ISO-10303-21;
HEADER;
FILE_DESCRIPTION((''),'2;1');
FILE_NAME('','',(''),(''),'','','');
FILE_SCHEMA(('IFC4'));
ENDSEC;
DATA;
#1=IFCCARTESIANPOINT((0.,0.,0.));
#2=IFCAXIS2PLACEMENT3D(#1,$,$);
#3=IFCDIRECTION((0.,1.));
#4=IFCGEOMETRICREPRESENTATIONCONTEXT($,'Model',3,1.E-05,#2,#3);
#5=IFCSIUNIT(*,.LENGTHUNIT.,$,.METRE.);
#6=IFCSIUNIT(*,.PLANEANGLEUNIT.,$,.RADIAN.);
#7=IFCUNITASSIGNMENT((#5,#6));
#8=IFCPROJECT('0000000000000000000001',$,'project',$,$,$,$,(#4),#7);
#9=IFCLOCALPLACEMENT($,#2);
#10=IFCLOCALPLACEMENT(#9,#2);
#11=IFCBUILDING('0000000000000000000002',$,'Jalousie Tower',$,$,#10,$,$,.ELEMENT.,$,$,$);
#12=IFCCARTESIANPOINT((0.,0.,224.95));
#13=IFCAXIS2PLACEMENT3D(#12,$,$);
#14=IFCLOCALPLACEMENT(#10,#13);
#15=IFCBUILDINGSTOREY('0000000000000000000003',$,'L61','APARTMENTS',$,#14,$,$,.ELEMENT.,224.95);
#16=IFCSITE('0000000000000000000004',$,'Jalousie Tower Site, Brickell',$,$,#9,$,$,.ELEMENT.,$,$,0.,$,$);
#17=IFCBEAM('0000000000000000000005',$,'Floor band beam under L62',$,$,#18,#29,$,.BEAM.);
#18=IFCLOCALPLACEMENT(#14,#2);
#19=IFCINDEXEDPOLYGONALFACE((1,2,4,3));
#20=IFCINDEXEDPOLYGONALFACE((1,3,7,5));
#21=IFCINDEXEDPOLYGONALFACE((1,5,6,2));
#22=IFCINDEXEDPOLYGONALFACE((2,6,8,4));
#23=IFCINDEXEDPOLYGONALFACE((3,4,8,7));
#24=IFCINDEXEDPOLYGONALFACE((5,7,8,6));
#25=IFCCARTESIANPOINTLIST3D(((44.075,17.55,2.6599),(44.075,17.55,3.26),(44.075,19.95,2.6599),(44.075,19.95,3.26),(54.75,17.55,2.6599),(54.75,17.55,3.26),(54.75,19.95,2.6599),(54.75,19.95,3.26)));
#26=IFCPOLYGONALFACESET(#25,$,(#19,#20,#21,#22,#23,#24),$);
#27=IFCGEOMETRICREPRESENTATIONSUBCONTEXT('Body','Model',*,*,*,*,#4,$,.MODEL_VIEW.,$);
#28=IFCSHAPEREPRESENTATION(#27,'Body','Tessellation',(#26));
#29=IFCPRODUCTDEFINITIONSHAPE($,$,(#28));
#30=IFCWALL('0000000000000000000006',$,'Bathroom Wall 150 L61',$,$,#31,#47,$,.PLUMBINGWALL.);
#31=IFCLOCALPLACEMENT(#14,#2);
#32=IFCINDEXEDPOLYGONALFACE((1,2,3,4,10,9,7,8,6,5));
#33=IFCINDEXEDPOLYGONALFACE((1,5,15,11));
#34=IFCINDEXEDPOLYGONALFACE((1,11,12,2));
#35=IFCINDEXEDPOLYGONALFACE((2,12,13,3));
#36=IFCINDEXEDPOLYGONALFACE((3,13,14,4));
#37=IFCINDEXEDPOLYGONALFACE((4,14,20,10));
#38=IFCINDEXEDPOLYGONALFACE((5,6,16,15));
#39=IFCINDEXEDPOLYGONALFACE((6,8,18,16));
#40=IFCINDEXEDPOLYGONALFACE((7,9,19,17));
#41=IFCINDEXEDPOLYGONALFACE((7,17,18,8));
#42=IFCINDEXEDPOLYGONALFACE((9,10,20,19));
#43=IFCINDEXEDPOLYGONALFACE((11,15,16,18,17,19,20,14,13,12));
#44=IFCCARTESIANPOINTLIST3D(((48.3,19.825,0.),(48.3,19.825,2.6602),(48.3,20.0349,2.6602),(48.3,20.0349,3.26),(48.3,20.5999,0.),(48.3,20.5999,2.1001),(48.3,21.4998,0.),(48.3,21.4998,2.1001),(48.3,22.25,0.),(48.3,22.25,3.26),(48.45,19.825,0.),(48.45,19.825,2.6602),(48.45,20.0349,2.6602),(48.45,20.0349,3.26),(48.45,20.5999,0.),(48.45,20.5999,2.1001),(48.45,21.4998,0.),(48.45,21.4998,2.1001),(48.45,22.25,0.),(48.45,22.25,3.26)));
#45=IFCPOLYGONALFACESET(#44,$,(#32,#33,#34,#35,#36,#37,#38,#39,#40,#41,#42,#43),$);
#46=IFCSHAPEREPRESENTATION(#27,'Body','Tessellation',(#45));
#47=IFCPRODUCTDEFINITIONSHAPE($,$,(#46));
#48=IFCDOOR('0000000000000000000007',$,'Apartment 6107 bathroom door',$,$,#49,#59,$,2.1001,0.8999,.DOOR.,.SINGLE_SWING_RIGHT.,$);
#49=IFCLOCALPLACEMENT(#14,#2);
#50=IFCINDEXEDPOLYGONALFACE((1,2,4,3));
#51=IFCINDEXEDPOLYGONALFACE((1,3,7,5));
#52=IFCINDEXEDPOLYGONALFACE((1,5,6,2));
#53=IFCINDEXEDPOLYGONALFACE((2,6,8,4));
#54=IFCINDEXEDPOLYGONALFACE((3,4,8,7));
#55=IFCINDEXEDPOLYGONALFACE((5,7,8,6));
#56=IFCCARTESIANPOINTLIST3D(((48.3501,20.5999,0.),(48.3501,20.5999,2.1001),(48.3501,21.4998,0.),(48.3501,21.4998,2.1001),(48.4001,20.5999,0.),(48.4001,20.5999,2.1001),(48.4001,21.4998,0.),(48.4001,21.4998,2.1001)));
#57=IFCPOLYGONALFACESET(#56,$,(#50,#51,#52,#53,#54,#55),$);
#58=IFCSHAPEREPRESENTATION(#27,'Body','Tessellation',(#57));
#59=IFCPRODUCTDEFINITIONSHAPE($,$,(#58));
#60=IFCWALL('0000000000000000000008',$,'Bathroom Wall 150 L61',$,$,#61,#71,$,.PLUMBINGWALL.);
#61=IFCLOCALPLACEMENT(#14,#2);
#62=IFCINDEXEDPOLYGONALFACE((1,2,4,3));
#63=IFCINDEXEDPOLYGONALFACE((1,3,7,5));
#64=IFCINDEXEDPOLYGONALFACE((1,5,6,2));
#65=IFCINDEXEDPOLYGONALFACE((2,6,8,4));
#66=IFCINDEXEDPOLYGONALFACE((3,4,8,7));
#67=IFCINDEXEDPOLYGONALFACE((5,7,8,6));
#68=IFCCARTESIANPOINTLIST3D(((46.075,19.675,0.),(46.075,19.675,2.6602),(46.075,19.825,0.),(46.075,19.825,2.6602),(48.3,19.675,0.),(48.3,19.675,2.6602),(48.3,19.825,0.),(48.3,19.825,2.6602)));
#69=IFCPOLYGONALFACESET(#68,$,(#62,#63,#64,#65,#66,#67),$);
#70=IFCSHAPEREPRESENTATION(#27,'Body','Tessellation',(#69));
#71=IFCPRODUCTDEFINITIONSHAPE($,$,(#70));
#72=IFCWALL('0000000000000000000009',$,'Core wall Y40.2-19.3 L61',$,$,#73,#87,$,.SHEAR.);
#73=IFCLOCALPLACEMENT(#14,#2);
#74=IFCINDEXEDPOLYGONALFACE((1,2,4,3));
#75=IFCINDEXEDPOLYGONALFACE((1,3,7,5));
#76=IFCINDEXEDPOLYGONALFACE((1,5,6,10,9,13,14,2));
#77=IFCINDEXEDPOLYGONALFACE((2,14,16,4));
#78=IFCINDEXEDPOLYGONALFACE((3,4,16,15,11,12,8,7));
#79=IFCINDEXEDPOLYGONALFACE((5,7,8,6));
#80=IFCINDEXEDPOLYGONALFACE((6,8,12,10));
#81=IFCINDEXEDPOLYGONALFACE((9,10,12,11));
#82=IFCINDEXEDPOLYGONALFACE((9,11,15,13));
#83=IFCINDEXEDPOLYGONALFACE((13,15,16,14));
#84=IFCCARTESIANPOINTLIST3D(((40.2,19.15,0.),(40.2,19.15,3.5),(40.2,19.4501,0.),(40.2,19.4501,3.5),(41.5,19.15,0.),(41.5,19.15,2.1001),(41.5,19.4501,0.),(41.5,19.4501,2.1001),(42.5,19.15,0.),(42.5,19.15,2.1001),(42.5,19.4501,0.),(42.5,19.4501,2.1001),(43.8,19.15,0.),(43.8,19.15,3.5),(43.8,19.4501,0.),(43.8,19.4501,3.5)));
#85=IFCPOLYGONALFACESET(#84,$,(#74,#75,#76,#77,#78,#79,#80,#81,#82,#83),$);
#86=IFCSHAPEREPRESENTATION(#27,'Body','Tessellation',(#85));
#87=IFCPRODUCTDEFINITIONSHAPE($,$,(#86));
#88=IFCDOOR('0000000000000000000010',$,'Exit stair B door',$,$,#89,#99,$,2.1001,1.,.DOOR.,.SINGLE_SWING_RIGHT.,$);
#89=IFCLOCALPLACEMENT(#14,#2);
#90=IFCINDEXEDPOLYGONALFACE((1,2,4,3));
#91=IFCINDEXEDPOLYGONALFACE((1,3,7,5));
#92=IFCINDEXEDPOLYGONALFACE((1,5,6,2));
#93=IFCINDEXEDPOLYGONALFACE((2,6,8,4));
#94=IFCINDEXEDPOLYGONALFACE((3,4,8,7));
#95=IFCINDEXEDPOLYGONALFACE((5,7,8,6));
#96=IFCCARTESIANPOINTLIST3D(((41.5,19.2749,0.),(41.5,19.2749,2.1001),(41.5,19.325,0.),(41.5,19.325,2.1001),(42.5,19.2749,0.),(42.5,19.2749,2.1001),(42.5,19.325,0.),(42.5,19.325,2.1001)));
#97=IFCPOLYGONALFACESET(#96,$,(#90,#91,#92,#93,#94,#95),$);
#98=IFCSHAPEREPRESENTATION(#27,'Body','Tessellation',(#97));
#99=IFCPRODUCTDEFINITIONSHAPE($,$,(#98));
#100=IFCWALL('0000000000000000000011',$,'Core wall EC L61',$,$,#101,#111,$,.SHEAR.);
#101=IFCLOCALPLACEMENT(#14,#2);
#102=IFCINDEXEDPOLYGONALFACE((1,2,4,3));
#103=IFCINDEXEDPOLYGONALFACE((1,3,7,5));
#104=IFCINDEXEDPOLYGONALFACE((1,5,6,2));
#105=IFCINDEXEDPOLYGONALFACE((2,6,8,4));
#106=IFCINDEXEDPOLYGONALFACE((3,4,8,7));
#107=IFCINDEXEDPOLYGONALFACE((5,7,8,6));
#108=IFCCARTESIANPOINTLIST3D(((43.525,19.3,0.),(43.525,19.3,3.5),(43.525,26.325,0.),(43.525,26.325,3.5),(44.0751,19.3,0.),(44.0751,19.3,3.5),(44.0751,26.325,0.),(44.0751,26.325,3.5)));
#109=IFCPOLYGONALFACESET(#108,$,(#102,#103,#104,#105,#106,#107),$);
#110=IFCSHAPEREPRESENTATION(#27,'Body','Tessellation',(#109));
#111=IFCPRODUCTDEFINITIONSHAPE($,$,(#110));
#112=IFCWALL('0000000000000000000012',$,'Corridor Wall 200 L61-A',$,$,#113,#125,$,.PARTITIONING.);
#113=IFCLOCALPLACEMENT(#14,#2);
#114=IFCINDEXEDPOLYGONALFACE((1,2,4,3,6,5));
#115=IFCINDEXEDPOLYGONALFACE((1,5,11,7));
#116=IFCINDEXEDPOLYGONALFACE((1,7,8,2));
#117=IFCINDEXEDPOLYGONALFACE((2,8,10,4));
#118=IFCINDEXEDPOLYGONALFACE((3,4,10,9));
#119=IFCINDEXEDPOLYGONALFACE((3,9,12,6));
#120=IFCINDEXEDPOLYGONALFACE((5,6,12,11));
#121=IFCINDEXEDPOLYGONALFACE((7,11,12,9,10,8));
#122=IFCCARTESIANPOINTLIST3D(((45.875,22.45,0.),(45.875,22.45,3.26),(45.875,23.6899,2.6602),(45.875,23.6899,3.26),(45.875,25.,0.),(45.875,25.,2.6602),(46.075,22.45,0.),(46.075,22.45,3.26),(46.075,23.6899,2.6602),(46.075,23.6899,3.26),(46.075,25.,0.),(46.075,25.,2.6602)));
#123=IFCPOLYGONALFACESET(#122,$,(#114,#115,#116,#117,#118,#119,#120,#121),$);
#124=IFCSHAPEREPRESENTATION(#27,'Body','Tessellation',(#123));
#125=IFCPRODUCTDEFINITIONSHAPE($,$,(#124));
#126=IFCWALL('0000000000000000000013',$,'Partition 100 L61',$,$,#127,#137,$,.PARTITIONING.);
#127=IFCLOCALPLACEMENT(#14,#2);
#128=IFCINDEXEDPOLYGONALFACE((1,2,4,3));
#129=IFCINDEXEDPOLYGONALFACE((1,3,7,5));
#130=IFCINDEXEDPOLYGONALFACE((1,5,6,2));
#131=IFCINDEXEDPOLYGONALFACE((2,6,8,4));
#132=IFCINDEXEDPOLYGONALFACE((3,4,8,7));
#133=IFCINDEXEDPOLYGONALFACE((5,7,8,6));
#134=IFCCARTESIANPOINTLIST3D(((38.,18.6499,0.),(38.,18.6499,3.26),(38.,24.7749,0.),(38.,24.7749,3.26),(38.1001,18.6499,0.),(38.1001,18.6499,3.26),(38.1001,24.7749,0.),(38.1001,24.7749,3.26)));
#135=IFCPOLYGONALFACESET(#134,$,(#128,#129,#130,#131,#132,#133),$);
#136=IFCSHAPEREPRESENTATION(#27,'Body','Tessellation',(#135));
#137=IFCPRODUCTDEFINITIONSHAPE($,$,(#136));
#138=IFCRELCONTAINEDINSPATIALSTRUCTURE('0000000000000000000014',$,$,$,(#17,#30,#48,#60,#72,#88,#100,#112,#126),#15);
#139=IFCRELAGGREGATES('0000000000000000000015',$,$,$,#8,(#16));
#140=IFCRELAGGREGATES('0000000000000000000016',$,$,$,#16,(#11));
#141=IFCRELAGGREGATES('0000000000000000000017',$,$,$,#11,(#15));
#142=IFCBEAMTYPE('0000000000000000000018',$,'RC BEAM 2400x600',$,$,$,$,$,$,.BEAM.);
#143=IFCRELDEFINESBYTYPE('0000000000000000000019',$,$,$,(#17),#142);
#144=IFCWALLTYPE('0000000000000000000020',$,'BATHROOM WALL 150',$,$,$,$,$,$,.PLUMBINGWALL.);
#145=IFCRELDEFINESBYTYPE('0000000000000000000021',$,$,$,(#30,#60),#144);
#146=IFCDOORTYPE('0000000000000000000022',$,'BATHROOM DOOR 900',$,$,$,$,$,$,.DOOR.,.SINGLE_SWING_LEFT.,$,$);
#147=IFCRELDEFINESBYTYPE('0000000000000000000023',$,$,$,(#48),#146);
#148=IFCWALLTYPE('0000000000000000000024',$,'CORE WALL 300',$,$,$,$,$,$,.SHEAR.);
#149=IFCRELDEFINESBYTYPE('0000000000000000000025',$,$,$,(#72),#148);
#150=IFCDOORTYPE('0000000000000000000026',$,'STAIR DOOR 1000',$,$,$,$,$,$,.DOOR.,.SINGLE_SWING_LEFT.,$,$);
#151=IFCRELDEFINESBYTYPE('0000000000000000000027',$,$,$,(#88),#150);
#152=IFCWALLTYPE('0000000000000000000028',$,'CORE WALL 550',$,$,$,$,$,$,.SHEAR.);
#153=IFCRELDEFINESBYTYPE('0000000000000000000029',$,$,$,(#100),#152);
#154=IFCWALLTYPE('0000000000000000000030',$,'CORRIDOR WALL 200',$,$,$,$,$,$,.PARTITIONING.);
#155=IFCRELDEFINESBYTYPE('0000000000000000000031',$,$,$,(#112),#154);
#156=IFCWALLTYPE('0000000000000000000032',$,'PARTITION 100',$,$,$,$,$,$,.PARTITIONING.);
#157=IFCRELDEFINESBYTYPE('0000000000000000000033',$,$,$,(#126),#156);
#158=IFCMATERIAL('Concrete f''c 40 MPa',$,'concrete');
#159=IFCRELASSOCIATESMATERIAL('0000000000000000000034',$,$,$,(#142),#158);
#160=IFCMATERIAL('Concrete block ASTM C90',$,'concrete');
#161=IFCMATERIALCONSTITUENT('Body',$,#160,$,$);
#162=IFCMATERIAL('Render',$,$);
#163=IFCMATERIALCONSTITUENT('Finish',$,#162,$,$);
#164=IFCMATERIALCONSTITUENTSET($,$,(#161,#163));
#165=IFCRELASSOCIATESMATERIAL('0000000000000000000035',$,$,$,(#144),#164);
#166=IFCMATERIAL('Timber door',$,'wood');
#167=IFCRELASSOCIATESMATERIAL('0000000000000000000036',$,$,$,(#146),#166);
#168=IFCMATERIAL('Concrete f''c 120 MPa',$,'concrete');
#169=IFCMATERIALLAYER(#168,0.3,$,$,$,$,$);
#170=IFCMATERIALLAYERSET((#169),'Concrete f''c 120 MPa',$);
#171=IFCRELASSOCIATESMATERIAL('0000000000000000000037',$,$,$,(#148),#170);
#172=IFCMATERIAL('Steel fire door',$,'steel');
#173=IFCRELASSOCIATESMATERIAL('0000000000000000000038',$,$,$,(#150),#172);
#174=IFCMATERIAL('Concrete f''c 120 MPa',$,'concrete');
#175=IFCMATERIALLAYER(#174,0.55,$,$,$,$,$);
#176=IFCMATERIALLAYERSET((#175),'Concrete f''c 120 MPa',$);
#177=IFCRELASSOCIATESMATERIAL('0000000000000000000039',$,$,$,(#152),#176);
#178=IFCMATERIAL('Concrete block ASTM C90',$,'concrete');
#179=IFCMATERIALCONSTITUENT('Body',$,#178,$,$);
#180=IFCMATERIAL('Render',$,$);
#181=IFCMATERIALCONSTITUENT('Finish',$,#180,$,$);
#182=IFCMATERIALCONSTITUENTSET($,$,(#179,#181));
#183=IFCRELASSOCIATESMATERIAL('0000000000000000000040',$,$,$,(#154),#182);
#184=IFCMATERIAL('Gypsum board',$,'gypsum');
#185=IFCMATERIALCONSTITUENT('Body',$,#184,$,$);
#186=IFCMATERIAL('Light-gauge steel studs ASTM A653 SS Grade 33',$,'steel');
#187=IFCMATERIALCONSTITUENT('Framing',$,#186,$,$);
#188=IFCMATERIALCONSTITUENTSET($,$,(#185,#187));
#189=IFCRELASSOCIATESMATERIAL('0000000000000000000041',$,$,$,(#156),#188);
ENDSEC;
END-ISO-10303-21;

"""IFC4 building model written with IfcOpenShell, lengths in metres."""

from ifc_helpers import new_model, si_unit, direction, frame, frame_2d, origin, origin_2d, place, context, subcontext, project, spatial, polyline, rectangle, outline, extrude, material, layer, layer_set, constituent, constituent_set, material_profile, profile_set, type_object, element, fill, save


model = new_model("IFC4")

# Units and contexts
model_context = context("Model", 3, precision=1e-05, world=origin(), true_north=direction((0.0, 1.0)))
body_context = subcontext(model_context, "Body", "Model", "MODEL_VIEW")
ifc_project = project(units=[si_unit("LENGTHUNIT", "METRE"), si_unit("PLANEANGLEUNIT", "RADIAN")], contexts=[model_context])

# Site, building, storey
site_placement = place(None, origin())
site = spatial("IfcSite", under=ifc_project, at=site_placement, Name="Jalousie Tower Site, Brickell", CompositionType="ELEMENT", RefElevation=0.0)
building_placement = place(site_placement, origin())
building = spatial("IfcBuilding", under=site, at=building_placement, Name="Jalousie Tower", CompositionType="ELEMENT")
storey_placement = place(building_placement, frame((0.0, 0.0, 224.95)))
storey = spatial("IfcBuildingStorey", under=building, at=storey_placement, Name="L61", Description="APARTMENTS", CompositionType="ELEMENT", Elevation=224.95)

# Beam
ifc_material_1 = material(Name="Concrete f'c 40 MPa", Category="concrete")
ifc_material_profile = material_profile(ifc_material_1, rectangle(XDim=2.3999, YDim=0.6001, at=origin_2d()), Name="RC 2400x600")
ifc_profile_set = profile_set([ifc_material_profile], Name="Concrete f'c 40 MPa")
beam_type = type_object("IfcBeamType", Name="RC BEAM 2400x600", PredefinedType="BEAM", material=ifc_profile_set)
beam_placement = place(storey_placement, frame((44.075, 18.75, 2.96), z_axis=(1.0, 0.0, 0.0), x_axis=(0.0, 1.0, 0.0)))
element("IfcBeam", 1, at=beam_placement, inside=storey, type_object=beam_type, Name="Floor band beam under L62", PredefinedType="BEAM", context=body_context, shape_type="SweptSolid", body=[
    extrude(rectangle(XDim=2.3999, YDim=0.6001, at=origin_2d()), origin(), (0.0, 0.0, 1.0), 10.675),
])

# Wall, opening, door
ifc_material_2 = material(Name="Concrete block ASTM C90", Category="concrete")
ifc_constituent_1 = constituent(ifc_material_2, Name="Body")
ifc_material_3 = material(Name="Render")
ifc_constituent_2 = constituent(ifc_material_3, Name="Finish")
ifc_constituent_set_1 = constituent_set(constituents=[ifc_constituent_1, ifc_constituent_2])
wall_type_1 = type_object("IfcWallType", Name="BATHROOM WALL 150", PredefinedType="PLUMBINGWALL", material=ifc_constituent_set_1)
wall_1_placement = place(storey_placement, frame((48.375, 19.825, 0.0), z_axis=(0.0, 0.0, 1.0), x_axis=(0.0, 1.0, 0.0)))
wall_1 = element("IfcWall", 2, at=wall_1_placement, inside=storey, type_object=wall_type_1, Name="Bathroom Wall 150 L61", PredefinedType="PLUMBINGWALL", context=body_context, shape_type="SweptSolid", body=[
    extrude(outline(polyline([(0.0, 0.0), (2.425, 0.0), (2.425, 3.26), (0.21, 3.26), (0.21, 2.6602), (0.0, 2.6602), (0.0, 3.26), (0.0, 0.0)])), frame((0.0, 0.075, 0.0), z_axis=(0.0, -1.0, 0.0), x_axis=(1.0, 0.0, 0.0)), (0.0, 0.0, 1.0), 0.1499),
])
opening_1_placement = place(wall_1_placement, frame((0.7749, 0.0, 0.0)))
opening_1 = element("IfcOpeningElement", 3, at=opening_1_placement, cuts=wall_1, PredefinedType="OPENING", context=body_context, shape_type="SweptSolid", body=[
    extrude(rectangle(XDim=0.8999, YDim=2.1001, at=frame_2d((0.45, 1.05))), frame((0.0, 0.085, 0.0), z_axis=(0.0, -1.0, 0.0), x_axis=(1.0, 0.0, 0.0)), (0.0, 0.0, 1.0), 0.1699),
])
ifc_material_4 = material(Name="Timber door", Category="wood")
door_type_1 = type_object("IfcDoorType", Name="BATHROOM DOOR 900", OperationType="SINGLE_SWING_LEFT", PredefinedType="DOOR", material=ifc_material_4)
door_1_placement = place(opening_1_placement, origin())
door_1 = element("IfcDoor", 4, at=door_1_placement, inside=storey, type_object=door_type_1, Name="Apartment 6107 bathroom door", OperationType="SINGLE_SWING_RIGHT", OverallHeight=2.1001, OverallWidth=0.8999, PredefinedType="DOOR", context=body_context, shape_type="SweptSolid", body=[
    extrude(rectangle(XDim=0.8999, YDim=2.1001, at=frame_2d((0.45, 1.05))), frame((0.0, 0.0249, 0.0), z_axis=(0.0, -1.0, 0.0), x_axis=(1.0, 0.0, 0.0)), (0.0, 0.0, 1.0), 0.05),
])
fill(opening_1, door_1)

# Wall
wall_2_placement = place(storey_placement, frame((48.3, 19.75, 0.0), z_axis=(0.0, 0.0, 1.0), x_axis=(-1.0, 0.0, 0.0)))
element("IfcWall", 5, at=wall_2_placement, inside=storey, type_object=wall_type_1, Name="Bathroom Wall 150 L61", PredefinedType="PLUMBINGWALL", context=body_context, shape_type="SweptSolid", body=[
    extrude(outline(polyline([(0.0, 0.0), (2.2251, 0.0), (2.2251, 3.26), (2.2251, 2.6602), (0.0, 2.6602), (0.0, 3.26), (0.0, 0.0)])), frame((0.0, 0.075, 0.0), z_axis=(0.0, -1.0, 0.0), x_axis=(1.0, 0.0, 0.0)), (0.0, 0.0, 1.0), 0.1499),
])

# Wall, opening, door
ifc_material_5 = material(Name="Concrete f'c 120 MPa", Category="concrete")
ifc_layer_1 = layer(ifc_material_5, 0.3)
ifc_layer_set_1 = layer_set([ifc_layer_1], Name="Concrete f'c 120 MPa")
wall_type_2 = type_object("IfcWallType", Name="CORE WALL 300", PredefinedType="SHEAR", material=ifc_layer_set_1)
wall_3_placement = place(storey_placement, frame((40.2, 19.3, 0.0), z_axis=(0.0, 0.0, 1.0), x_axis=(1.0, 0.0, 0.0)))
wall_3 = element("IfcWall", 6, at=wall_3_placement, inside=storey, type_object=wall_type_2, Name="Core wall Y40.2-19.3 L61", PredefinedType="SHEAR", context=body_context, shape_type="SweptSolid", body=[
    extrude(rectangle(XDim=3.6001, YDim=0.3, at=frame_2d((1.8, 0.0))), origin(), (0.0, 0.0, 1.0), 3.5),
])
opening_2_placement = place(wall_3_placement, frame((1.3, 0.0, 0.0)))
opening_2 = element("IfcOpeningElement", 7, at=opening_2_placement, cuts=wall_3, PredefinedType="OPENING", context=body_context, shape_type="SweptSolid", body=[
    extrude(rectangle(XDim=1.0, YDim=2.1001, at=frame_2d((0.5, 1.05))), frame((0.0, 0.1599, 0.0), z_axis=(0.0, -1.0, 0.0), x_axis=(1.0, 0.0, 0.0)), (0.0, 0.0, 1.0), 0.3201),
])
ifc_material_6 = material(Name="Steel fire door", Category="steel")
door_type_2 = type_object("IfcDoorType", Name="STAIR DOOR 1000", OperationType="SINGLE_SWING_LEFT", PredefinedType="DOOR", material=ifc_material_6)
door_2_placement = place(opening_2_placement, origin())
door_2 = element("IfcDoor", 8, at=door_2_placement, inside=storey, type_object=door_type_2, Name="Exit stair B door", OperationType="SINGLE_SWING_RIGHT", OverallHeight=2.1001, OverallWidth=1.0, PredefinedType="DOOR", context=body_context, shape_type="SweptSolid", body=[
    extrude(rectangle(XDim=1.0, YDim=2.1001, at=frame_2d((0.5, 1.05))), frame((0.0, 0.0249, 0.0), z_axis=(0.0, -1.0, 0.0), x_axis=(1.0, 0.0, 0.0)), (0.0, 0.0, 1.0), 0.05),
])
fill(opening_2, door_2)

# Walls
ifc_material_7 = material(Name="Concrete f'c 120 MPa", Category="concrete")
ifc_layer_2 = layer(ifc_material_7, 0.55)
ifc_layer_set_2 = layer_set([ifc_layer_2], Name="Concrete f'c 120 MPa")
wall_type_3 = type_object("IfcWallType", Name="CORE WALL 550", PredefinedType="SHEAR", material=ifc_layer_set_2)
wall_4_placement = place(storey_placement, frame((43.8, 19.3, 0.0), z_axis=(0.0, 0.0, 1.0), x_axis=(0.0, 1.0, 0.0)))
element("IfcWall", 9, at=wall_4_placement, inside=storey, type_object=wall_type_3, Name="Core wall EC L61", PredefinedType="SHEAR", context=body_context, shape_type="SweptSolid", body=[
    extrude(rectangle(XDim=7.0249, YDim=0.55, at=frame_2d((3.5125, 0.0))), origin(), (0.0, 0.0, 1.0), 3.5),
])
ifc_material_8 = material(Name="Concrete block ASTM C90", Category="concrete")
ifc_constituent_3 = constituent(ifc_material_8, Name="Body")
ifc_material_9 = material(Name="Render")
ifc_constituent_4 = constituent(ifc_material_9, Name="Finish")
ifc_constituent_set_2 = constituent_set(constituents=[ifc_constituent_3, ifc_constituent_4])
wall_type_4 = type_object("IfcWallType", Name="CORRIDOR WALL 200", PredefinedType="PARTITIONING", material=ifc_constituent_set_2)
wall_5_placement = place(storey_placement, frame((45.9751, 22.45, 0.0), z_axis=(0.0, 0.0, 1.0), x_axis=(0.0, 1.0, 0.0)))
element("IfcWall", 10, at=wall_5_placement, inside=storey, type_object=wall_type_4, Name="Corridor Wall 200 L61-A", PredefinedType="PARTITIONING", context=body_context, shape_type="SweptSolid", body=[
    extrude(outline(polyline([(0.0, 0.0), (2.55, 0.0), (2.55, 2.6602), (1.24, 2.6602), (1.24, 3.26), (0.0, 3.26), (0.0, 0.0)])), frame((0.0, 0.1001, 0.0), z_axis=(0.0, -1.0, 0.0), x_axis=(1.0, 0.0, 0.0)), (0.0, 0.0, 1.0), 0.2),
])
ifc_material_10 = material(Name="Gypsum board", Category="gypsum")
ifc_constituent_5 = constituent(ifc_material_10, Name="Body")
ifc_material_11 = material(Name="Light-gauge steel studs ASTM A653 SS Grade 33", Category="steel")
ifc_constituent_6 = constituent(ifc_material_11, Name="Framing")
ifc_constituent_set_3 = constituent_set(constituents=[ifc_constituent_5, ifc_constituent_6])
wall_type_5 = type_object("IfcWallType", Name="PARTITION 100", PredefinedType="PARTITIONING", material=ifc_constituent_set_3)
wall_6_placement = place(storey_placement, frame((38.05, 18.6499, 0.0), z_axis=(0.0, 0.0, 1.0), x_axis=(0.0, 1.0, 0.0)))
element("IfcWall", 11, at=wall_6_placement, inside=storey, type_object=wall_type_5, Name="Partition 100 L61", PredefinedType="PARTITIONING", context=body_context, shape_type="SweptSolid", body=[
    extrude(rectangle(XDim=6.125, YDim=0.1001, at=frame_2d((3.0625, 0.0))), origin(), (0.0, 0.0, 1.0), 3.26),
])

save(model, "model.ifc")
